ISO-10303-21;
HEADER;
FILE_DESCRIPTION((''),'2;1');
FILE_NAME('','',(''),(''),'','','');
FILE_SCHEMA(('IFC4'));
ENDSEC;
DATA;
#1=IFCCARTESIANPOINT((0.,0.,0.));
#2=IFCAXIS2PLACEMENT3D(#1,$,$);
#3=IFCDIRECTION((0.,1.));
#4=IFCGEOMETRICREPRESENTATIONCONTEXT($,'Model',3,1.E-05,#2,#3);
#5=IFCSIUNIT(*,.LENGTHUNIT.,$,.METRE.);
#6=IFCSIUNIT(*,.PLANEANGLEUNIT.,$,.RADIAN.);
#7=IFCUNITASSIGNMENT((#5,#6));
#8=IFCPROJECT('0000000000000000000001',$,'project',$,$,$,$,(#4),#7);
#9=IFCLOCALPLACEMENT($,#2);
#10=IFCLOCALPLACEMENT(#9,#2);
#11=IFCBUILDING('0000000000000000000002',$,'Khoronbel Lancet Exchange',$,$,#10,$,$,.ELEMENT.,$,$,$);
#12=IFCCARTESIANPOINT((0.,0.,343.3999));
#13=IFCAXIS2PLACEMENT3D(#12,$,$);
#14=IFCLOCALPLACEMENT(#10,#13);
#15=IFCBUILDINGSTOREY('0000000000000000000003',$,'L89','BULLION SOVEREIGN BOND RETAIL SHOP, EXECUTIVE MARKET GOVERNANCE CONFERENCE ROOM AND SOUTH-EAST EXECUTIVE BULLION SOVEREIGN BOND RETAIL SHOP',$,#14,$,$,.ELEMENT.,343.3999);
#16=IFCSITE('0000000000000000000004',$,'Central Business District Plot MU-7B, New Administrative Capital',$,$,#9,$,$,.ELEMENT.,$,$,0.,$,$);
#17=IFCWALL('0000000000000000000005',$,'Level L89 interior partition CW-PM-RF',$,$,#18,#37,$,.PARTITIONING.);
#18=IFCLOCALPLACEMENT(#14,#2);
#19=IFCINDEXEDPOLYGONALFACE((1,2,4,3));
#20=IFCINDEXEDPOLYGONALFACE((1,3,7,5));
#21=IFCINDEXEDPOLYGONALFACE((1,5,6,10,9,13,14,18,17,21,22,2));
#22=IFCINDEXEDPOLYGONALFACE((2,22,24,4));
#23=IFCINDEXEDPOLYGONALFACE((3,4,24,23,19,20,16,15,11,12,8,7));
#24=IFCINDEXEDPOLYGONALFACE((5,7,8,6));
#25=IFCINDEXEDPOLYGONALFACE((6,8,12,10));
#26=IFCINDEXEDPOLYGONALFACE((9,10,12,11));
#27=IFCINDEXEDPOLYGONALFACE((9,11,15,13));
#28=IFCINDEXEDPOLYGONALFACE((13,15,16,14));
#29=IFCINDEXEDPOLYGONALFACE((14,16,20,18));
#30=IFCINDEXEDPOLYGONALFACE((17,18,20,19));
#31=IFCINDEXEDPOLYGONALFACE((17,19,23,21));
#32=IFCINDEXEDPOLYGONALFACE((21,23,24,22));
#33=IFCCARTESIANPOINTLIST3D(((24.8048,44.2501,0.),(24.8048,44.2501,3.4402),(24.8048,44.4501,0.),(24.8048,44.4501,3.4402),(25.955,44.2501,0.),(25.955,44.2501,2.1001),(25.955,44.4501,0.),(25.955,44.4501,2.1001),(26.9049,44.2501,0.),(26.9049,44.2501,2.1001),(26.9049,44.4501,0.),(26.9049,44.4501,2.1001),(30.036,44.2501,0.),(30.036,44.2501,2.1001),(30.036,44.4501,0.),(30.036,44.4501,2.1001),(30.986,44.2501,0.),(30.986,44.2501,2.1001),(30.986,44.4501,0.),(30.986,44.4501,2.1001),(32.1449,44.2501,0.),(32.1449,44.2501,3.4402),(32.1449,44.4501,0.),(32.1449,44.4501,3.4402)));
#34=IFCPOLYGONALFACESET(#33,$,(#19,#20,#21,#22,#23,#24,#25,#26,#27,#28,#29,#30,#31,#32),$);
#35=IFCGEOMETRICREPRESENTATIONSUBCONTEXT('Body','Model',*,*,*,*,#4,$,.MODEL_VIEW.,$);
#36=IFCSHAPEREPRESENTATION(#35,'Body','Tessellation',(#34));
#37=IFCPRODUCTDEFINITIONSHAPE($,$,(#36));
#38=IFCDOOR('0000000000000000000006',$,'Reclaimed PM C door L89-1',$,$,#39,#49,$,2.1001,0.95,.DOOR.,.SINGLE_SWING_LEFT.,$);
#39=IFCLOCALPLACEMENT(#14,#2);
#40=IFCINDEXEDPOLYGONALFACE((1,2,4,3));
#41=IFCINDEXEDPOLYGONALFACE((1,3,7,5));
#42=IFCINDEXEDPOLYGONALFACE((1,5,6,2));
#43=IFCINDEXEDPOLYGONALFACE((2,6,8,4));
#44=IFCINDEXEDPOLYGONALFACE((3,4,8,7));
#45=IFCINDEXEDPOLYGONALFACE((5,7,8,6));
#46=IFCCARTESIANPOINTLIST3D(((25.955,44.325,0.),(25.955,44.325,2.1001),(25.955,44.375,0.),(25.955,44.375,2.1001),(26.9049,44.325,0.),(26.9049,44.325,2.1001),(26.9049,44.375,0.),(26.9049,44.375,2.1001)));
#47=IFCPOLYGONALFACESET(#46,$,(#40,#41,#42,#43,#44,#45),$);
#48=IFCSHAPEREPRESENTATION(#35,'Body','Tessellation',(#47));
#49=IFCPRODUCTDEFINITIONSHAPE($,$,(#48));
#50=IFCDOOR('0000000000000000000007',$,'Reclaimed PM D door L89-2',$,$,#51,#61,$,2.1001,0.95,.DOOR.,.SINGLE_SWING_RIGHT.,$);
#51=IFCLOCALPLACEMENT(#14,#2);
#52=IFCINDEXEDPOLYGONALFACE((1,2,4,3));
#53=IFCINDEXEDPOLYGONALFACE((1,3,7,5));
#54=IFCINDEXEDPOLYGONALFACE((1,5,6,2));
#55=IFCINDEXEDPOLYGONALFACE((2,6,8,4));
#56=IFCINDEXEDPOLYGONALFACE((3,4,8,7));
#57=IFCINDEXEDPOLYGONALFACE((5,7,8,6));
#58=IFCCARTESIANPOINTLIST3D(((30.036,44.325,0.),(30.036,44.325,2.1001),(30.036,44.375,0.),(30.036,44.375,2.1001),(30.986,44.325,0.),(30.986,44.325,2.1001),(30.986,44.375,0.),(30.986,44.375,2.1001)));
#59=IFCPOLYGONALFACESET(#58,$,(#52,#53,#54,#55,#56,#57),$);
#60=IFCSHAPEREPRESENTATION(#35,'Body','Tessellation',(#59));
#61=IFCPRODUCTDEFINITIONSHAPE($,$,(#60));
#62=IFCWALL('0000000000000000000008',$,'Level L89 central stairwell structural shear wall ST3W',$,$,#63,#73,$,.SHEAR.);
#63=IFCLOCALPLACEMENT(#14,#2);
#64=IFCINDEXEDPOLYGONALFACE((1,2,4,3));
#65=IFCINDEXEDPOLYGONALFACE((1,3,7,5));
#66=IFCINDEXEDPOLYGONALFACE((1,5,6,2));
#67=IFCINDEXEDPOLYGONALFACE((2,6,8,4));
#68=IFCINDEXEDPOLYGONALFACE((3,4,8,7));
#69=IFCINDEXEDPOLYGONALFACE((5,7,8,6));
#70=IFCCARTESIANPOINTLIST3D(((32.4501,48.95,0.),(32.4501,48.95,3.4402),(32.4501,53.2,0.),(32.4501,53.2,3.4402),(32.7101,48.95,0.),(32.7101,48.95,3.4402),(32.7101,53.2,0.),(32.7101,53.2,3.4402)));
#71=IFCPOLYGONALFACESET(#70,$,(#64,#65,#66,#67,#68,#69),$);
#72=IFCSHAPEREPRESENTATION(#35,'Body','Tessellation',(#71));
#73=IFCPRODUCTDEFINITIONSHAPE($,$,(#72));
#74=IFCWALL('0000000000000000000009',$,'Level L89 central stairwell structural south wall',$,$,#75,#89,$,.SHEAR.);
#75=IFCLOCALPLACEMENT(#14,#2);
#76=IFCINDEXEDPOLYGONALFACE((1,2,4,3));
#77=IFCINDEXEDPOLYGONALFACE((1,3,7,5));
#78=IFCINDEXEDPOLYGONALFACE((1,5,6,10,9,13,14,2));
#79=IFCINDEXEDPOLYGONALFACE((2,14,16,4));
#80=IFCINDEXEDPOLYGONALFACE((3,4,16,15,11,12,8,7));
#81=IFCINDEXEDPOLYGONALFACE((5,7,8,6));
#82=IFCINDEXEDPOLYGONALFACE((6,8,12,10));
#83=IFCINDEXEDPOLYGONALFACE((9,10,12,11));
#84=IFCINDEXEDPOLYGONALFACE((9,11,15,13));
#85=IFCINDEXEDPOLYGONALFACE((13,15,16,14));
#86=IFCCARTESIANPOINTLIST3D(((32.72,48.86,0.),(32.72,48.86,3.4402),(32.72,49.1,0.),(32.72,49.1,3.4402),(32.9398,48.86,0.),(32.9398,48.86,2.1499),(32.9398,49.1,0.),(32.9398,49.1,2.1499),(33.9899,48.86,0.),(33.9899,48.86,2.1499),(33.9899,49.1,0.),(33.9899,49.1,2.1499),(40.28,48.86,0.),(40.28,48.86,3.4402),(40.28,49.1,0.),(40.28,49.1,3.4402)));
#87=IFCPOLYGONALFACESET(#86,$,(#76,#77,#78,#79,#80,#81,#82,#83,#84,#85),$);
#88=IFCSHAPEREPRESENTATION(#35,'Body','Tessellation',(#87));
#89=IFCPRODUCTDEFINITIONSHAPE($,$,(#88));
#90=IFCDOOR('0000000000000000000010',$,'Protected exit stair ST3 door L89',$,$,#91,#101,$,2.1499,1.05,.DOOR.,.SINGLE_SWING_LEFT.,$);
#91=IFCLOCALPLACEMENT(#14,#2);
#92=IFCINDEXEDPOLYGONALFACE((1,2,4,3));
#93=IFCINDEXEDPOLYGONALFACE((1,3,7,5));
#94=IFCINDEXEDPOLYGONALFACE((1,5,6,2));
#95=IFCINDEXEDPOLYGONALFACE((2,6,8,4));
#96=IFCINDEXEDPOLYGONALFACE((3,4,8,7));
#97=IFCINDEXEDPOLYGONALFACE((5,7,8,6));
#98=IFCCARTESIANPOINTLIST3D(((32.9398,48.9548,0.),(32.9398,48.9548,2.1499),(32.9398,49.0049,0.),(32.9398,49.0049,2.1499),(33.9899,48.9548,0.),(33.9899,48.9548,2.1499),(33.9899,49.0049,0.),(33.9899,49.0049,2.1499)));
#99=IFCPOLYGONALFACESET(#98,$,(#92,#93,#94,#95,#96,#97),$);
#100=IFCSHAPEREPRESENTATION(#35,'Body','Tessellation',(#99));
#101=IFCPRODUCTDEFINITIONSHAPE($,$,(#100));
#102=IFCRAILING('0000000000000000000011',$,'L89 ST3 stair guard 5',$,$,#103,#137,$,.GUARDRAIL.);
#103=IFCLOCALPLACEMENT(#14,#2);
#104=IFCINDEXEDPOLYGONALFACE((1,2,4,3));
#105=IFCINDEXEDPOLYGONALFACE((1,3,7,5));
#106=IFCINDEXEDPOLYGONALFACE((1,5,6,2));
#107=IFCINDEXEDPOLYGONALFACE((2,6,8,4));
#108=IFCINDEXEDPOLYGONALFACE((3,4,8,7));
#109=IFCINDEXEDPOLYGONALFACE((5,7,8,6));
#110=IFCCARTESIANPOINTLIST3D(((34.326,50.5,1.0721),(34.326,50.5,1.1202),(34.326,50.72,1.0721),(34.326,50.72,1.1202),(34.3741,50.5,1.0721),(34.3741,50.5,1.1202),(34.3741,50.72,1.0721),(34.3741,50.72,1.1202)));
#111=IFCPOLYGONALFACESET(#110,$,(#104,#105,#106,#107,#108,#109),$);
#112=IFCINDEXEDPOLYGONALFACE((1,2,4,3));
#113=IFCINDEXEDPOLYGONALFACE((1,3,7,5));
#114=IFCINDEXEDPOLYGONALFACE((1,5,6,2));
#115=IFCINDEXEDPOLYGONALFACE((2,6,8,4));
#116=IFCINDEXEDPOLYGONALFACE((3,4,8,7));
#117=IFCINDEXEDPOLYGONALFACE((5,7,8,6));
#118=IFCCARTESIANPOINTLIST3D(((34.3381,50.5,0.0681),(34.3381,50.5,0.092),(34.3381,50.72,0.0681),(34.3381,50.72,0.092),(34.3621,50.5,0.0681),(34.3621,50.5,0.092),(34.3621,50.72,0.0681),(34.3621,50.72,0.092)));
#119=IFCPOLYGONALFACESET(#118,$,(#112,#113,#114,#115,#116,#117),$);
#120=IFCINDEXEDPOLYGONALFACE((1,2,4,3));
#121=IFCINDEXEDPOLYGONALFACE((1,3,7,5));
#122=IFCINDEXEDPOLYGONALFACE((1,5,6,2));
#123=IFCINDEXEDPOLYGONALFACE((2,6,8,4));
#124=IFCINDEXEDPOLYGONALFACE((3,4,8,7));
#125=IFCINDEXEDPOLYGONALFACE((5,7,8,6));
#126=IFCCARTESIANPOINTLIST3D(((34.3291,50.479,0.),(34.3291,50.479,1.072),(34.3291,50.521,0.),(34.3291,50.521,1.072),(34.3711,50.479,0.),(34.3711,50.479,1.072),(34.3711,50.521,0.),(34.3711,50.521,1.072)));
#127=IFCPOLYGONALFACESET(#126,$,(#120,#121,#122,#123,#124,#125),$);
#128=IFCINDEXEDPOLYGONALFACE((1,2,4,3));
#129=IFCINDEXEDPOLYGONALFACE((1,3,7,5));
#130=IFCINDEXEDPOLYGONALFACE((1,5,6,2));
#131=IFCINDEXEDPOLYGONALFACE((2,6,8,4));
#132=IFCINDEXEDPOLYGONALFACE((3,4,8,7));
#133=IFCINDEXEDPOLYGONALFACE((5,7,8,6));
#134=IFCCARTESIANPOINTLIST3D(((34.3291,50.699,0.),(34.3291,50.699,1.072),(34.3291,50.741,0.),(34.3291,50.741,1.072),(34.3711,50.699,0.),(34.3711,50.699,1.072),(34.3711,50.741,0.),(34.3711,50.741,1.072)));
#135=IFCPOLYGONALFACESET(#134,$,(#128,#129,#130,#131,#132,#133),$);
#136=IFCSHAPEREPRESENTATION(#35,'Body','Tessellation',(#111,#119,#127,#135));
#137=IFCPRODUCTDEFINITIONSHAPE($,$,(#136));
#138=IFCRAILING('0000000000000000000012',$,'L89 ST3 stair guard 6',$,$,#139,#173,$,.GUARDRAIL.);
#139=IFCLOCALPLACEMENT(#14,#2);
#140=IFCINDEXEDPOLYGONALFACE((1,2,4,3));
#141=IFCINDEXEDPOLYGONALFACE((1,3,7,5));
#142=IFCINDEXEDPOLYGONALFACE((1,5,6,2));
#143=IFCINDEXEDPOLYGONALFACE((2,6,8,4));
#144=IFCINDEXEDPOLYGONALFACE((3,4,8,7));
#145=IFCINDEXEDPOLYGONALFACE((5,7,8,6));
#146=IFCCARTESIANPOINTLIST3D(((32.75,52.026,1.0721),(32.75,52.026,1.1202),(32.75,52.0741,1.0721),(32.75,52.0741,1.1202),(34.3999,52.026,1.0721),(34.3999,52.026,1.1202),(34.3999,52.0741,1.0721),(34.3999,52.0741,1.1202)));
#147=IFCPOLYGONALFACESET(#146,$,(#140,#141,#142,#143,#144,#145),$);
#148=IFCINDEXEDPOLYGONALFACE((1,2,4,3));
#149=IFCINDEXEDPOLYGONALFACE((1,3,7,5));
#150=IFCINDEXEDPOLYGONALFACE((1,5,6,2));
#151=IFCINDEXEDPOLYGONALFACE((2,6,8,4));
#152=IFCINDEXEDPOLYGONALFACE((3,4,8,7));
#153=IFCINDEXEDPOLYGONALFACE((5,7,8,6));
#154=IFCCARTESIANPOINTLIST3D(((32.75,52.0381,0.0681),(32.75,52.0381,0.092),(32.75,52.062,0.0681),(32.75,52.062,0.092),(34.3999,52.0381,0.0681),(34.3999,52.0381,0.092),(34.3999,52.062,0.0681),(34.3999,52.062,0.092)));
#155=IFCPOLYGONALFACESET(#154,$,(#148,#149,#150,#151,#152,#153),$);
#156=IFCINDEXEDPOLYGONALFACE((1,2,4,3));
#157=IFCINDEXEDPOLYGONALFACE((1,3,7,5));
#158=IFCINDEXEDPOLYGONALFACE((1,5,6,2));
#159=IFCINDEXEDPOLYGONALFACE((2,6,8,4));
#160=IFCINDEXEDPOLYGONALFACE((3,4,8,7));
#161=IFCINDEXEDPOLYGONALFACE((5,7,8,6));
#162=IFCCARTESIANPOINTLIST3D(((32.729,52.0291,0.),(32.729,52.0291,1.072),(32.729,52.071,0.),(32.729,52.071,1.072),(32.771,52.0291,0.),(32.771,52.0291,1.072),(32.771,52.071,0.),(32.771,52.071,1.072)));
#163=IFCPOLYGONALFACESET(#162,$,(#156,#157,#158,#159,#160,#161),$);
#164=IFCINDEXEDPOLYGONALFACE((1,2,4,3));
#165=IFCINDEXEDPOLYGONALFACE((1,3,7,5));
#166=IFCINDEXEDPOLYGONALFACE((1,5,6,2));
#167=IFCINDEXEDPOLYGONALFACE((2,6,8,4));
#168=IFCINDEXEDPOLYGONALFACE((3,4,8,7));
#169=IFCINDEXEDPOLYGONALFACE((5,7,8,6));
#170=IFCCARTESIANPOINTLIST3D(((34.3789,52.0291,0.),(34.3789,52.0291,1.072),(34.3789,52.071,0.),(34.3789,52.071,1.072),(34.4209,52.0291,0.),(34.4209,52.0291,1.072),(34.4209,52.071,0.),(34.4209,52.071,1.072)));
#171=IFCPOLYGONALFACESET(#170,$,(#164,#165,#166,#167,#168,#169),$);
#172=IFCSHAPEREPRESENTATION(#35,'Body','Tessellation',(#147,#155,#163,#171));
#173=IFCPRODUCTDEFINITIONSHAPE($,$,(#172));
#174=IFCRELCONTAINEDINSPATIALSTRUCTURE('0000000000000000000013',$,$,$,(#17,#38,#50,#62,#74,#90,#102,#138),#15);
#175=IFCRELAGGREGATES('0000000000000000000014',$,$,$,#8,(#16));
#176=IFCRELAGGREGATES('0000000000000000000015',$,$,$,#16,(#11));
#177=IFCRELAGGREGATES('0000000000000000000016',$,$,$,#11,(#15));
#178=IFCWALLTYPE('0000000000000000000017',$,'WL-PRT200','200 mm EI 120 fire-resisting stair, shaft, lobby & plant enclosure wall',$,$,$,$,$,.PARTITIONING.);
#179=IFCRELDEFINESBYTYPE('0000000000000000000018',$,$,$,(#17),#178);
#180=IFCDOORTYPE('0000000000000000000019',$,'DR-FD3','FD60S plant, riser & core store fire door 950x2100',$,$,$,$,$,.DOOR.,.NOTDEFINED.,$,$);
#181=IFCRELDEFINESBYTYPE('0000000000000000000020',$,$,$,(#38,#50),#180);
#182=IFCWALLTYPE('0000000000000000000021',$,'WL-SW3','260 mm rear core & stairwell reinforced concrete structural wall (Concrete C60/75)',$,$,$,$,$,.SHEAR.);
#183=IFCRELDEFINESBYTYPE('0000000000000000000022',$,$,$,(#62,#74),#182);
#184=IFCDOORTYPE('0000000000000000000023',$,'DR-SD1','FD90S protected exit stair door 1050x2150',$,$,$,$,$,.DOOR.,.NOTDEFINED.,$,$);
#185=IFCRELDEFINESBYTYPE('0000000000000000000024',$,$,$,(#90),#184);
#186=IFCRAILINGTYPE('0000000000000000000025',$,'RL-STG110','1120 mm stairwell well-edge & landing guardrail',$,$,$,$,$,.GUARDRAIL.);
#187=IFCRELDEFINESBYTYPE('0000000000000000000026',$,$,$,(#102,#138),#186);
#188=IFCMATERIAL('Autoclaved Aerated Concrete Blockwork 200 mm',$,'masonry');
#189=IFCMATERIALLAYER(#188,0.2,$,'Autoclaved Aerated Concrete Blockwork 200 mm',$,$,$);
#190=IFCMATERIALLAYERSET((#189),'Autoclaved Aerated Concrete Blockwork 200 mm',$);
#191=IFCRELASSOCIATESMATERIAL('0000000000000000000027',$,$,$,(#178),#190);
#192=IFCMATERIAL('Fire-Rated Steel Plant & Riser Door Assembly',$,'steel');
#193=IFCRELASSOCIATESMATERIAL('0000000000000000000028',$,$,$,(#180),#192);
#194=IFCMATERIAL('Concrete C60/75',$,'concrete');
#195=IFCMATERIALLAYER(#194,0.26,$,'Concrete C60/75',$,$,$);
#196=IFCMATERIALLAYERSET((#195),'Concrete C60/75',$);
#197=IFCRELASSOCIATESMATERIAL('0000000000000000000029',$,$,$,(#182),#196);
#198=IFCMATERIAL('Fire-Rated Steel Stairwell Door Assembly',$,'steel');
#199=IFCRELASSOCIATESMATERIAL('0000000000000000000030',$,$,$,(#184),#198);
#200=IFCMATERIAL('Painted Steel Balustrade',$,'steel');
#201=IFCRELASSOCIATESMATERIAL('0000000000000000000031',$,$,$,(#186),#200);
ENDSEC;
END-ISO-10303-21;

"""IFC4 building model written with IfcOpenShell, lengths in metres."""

from ifc_helpers import new_model, si_unit, direction, frame, frame_2d, origin, origin_2d, place, context, subcontext, project, spatial, rectangle, extrude, material, layer, layer_set, type_object, element, fill, save


model = new_model("IFC4")

# Units and contexts
model_context = context("Model", 3, precision=1e-05, world=origin(), true_north=direction((0.0, 1.0)))
body_context = subcontext(model_context, "Body", "Model", "MODEL_VIEW")
ifc_project = project(units=[si_unit("LENGTHUNIT", "METRE"), si_unit("PLANEANGLEUNIT", "RADIAN")], contexts=[model_context])

# Site, building, storey
site_placement = place(None, origin())
site = spatial("IfcSite", under=ifc_project, at=site_placement, Name="Central Business District Plot MU-7B, New Administrative Capital", CompositionType="ELEMENT", RefElevation=0.0)
building_placement = place(site_placement, origin())
building = spatial("IfcBuilding", under=site, at=building_placement, Name="Khoronbel Lancet Exchange", CompositionType="ELEMENT")
storey_placement = place(building_placement, frame((0.0, 0.0, 343.3999)))
storey = spatial("IfcBuildingStorey", under=building, at=storey_placement, Name="L89", Description="BULLION SOVEREIGN BOND RETAIL SHOP, EXECUTIVE MARKET GOVERNANCE CONFERENCE ROOM AND SOUTH-EAST EXECUTIVE BULLION SOVEREIGN BOND RETAIL SHOP", CompositionType="ELEMENT", Elevation=343.3999)

# Shared definitions
ifc_material_1 = material(Name="Concrete C60/75", Category="concrete")

# Shared definitions
ifc_material_2 = material(Name="Autoclaved Aerated Concrete Blockwork 200 mm", Category="masonry")
ifc_layer_1 = layer(ifc_material_2, 0.2, Name="Autoclaved Aerated Concrete Blockwork 200 mm")
ifc_layer_set_1 = layer_set([ifc_layer_1], Name="Autoclaved Aerated Concrete Blockwork 200 mm")
wall_type_1 = type_object("IfcWallType", Name="WL-PRT200", Description="200 mm EI 120 fire-resisting stair, shaft, lobby & plant enclosure wall", PredefinedType="PARTITIONING", material=ifc_layer_set_1)

# Shared definitions
ifc_material_3 = material(Name="Fire-Rated Steel Plant & Riser Door Assembly", Category="steel")
door_type_1 = type_object("IfcDoorType", Name="DR-FD3", Description="FD60S plant, riser & core store fire door 950x2100", OperationType="NOTDEFINED", PredefinedType="DOOR", material=ifc_material_3)

# Wall, openings, doors
wall_1_placement = place(storey_placement, frame((24.8049, 44.3501, 0.0), z_axis=(0.0, 0.0, 1.0), x_axis=(1.0, 0.0, 0.0)))
wall_1 = element("IfcWall", 1, at=wall_1_placement, inside=storey, type_object=wall_type_1, Name="Level L89 interior partition CW-PM-RF", PredefinedType="PARTITIONING", context=body_context, shape_type="SweptSolid", body=[
    extrude(rectangle(XDim=7.3401, YDim=0.2, at=frame_2d((3.6699, 0.0))), origin(), (0.0, 0.0, 1.0), 3.4402),
])
opening_1_placement = place(wall_1_placement, frame((1.1499, 0.0, 0.0)))
opening_1 = element("IfcOpeningElement", 2, at=opening_1_placement, cuts=wall_1, PredefinedType="OPENING", context=body_context, shape_type="SweptSolid", body=[
    extrude(rectangle(XDim=0.95, YDim=2.1001, at=frame_2d((0.4751, 1.05))), frame((0.0, 0.1099, 0.0), z_axis=(0.0, -1.0, 0.0), x_axis=(1.0, 0.0, 0.0)), (0.0, 0.0, 1.0), 0.22),
])
opening_2_placement = place(wall_1_placement, frame((5.231, 0.0, 0.0)))
opening_2 = element("IfcOpeningElement", 3, at=opening_2_placement, cuts=wall_1, PredefinedType="OPENING", context=body_context, shape_type="SweptSolid", body=[
    extrude(rectangle(XDim=0.95, YDim=2.1001, at=frame_2d((0.4751, 1.05))), frame((0.0, 0.1099, 0.0), z_axis=(0.0, -1.0, 0.0), x_axis=(1.0, 0.0, 0.0)), (0.0, 0.0, 1.0), 0.22),
])
door_1_placement = place(opening_1_placement, origin())
door_1 = element("IfcDoor", 4, at=door_1_placement, inside=storey, type_object=door_type_1, Name="Reclaimed PM C door L89-1", OperationType="SINGLE_SWING_LEFT", OverallHeight=2.1001, OverallWidth=0.95, PredefinedType="DOOR", context=body_context, shape_type="SweptSolid", body=[
    extrude(rectangle(XDim=0.95, YDim=2.1001, at=frame_2d((0.4751, 1.05))), frame((0.0, 0.0249, 0.0), z_axis=(0.0, -1.0, 0.0), x_axis=(1.0, 0.0, 0.0)), (0.0, 0.0, 1.0), 0.05),
])
fill(opening_1, door_1)
door_2_placement = place(opening_2_placement, origin())
door_2 = element("IfcDoor", 5, at=door_2_placement, inside=storey, type_object=door_type_1, Name="Reclaimed PM D door L89-2", OperationType="SINGLE_SWING_RIGHT", OverallHeight=2.1001, OverallWidth=0.95, PredefinedType="DOOR", context=body_context, shape_type="SweptSolid", body=[
    extrude(rectangle(XDim=0.95, YDim=2.1001, at=frame_2d((0.4751, 1.05))), frame((0.0, 0.0249, 0.0), z_axis=(0.0, -1.0, 0.0), x_axis=(1.0, 0.0, 0.0)), (0.0, 0.0, 1.0), 0.05),
])
fill(opening_2, door_2)

# Wall
ifc_layer_2 = layer(ifc_material_1, 0.26, Name="Concrete C60/75")
ifc_layer_set_2 = layer_set([ifc_layer_2], Name="Concrete C60/75")
wall_type_2 = type_object("IfcWallType", Name="WL-SW3", Description="260 mm rear core & stairwell reinforced concrete structural wall (Concrete C60/75)", PredefinedType="SHEAR", material=ifc_layer_set_2)
wall_2_placement = place(storey_placement, frame((32.5801, 48.95, 0.0), z_axis=(0.0, 0.0, 1.0), x_axis=(0.0, 1.0, 0.0)))
element("IfcWall", 6, at=wall_2_placement, inside=storey, type_object=wall_type_2, Name="Level L89 central stairwell structural shear wall ST3W", PredefinedType="SHEAR", context=body_context, shape_type="SweptSolid", body=[
    extrude(rectangle(XDim=4.25, YDim=0.26, at=frame_2d((2.125, 0.0))), origin(), (0.0, 0.0, 1.0), 3.4402),
])

# Wall, opening, door
wall_3_placement = place(storey_placement, frame((32.72, 48.98, 0.0), z_axis=(0.0, 0.0, 1.0), x_axis=(1.0, 0.0, 0.0)))
wall_3 = element("IfcWall", 7, at=wall_3_placement, inside=storey, type_object=wall_type_2, Name="Level L89 central stairwell structural south wall", PredefinedType="SHEAR", context=body_context, shape_type="SweptSolid", body=[
    extrude(rectangle(XDim=7.5601, YDim=0.24, at=frame_2d((3.78, 0.0))), origin(), (0.0, 0.0, 1.0), 3.4402),
])
opening_3_placement = place(wall_3_placement, frame((0.22, 0.0, 0.0)))
opening_3 = element("IfcOpeningElement", 8, at=opening_3_placement, cuts=wall_3, PredefinedType="OPENING", context=body_context, shape_type="SweptSolid", body=[
    extrude(rectangle(XDim=1.05, YDim=2.1499, at=frame_2d((0.5249, 1.075))), frame((0.0, 0.1299, 0.0), z_axis=(0.0, -1.0, 0.0), x_axis=(1.0, 0.0, 0.0)), (0.0, 0.0, 1.0), 0.26),
])
ifc_material_4 = material(Name="Fire-Rated Steel Stairwell Door Assembly", Category="steel")
door_type_2 = type_object("IfcDoorType", Name="DR-SD1", Description="FD90S protected exit stair door 1050x2150", OperationType="NOTDEFINED", PredefinedType="DOOR", material=ifc_material_4)
door_3_placement = place(opening_3_placement, origin())
door_3 = element("IfcDoor", 9, at=door_3_placement, inside=storey, type_object=door_type_2, Name="Protected exit stair ST3 door L89", OperationType="SINGLE_SWING_LEFT", OverallHeight=2.1499, OverallWidth=1.05, PredefinedType="DOOR", context=body_context, shape_type="SweptSolid", body=[
    extrude(rectangle(XDim=1.05, YDim=2.1499, at=frame_2d((0.5249, 1.075))), frame((0.0, 0.0249, 0.0), z_axis=(0.0, -1.0, 0.0), x_axis=(1.0, 0.0, 0.0)), (0.0, 0.0, 1.0), 0.05),
])
fill(opening_3, door_3)

# Railings
ifc_material_5 = material(Name="Painted Steel Balustrade", Category="steel")
railing_type = type_object("IfcRailingType", Name="RL-STG110", Description="1120 mm stairwell well-edge & landing guardrail", PredefinedType="GUARDRAIL", material=ifc_material_5)
railing_1_placement = place(storey_placement, frame((34.3501, 50.5, 0.0)))
element("IfcRailing", 10, at=railing_1_placement, inside=storey, type_object=railing_type, Name="L89 ST3 stair guard 5", PredefinedType="GUARDRAIL", context=body_context, shape_type="SweptSolid", body=[
    extrude(rectangle(XDim=0.0481, YDim=0.0481, at=origin_2d()), frame((0.0, 0.0, 1.0962), z_axis=(0.0, 1.0, 0.0), x_axis=(-1.0, 0.0, 0.0)), (0.0, 0.0, 1.0), 0.22),
    extrude(rectangle(XDim=0.0239, YDim=0.0239, at=origin_2d()), frame((0.0, 0.0, 0.0801), z_axis=(0.0, 1.0, 0.0), x_axis=(-1.0, 0.0, 0.0)), (0.0, 0.0, 1.0), 0.22),
    extrude(rectangle(XDim=0.042, YDim=0.042, at=origin_2d()), origin(), (0.0, 0.0, 1.0), 1.072),
    extrude(rectangle(XDim=0.042, YDim=0.042, at=origin_2d()), frame((0.0, 0.22, 0.0)), (0.0, 0.0, 1.0), 1.072),
])
railing_2_placement = place(storey_placement, frame((32.75, 52.05, 0.0)))
element("IfcRailing", 11, at=railing_2_placement, inside=storey, type_object=railing_type, Name="L89 ST3 stair guard 6", PredefinedType="GUARDRAIL", context=body_context, shape_type="SweptSolid", body=[
    extrude(rectangle(XDim=0.0481, YDim=0.0481, at=origin_2d()), frame((0.0, 0.0, 1.0962), z_axis=(1.0, 0.0, 0.0), x_axis=(0.0, 1.0, 0.0)), (0.0, 0.0, 1.0), 1.6499),
    extrude(rectangle(XDim=0.0239, YDim=0.0239, at=origin_2d()), frame((0.0, 0.0, 0.0801), z_axis=(1.0, 0.0, 0.0), x_axis=(0.0, 1.0, 0.0)), (0.0, 0.0, 1.0), 1.6499),
    extrude(rectangle(XDim=0.042, YDim=0.042, at=origin_2d()), origin(), (0.0, 0.0, 1.0), 1.072),
    extrude(rectangle(XDim=0.042, YDim=0.042, at=origin_2d()), frame((1.6499, 0.0, 0.0)), (0.0, 0.0, 1.0), 1.072),
])

save(model, "model.ifc")
